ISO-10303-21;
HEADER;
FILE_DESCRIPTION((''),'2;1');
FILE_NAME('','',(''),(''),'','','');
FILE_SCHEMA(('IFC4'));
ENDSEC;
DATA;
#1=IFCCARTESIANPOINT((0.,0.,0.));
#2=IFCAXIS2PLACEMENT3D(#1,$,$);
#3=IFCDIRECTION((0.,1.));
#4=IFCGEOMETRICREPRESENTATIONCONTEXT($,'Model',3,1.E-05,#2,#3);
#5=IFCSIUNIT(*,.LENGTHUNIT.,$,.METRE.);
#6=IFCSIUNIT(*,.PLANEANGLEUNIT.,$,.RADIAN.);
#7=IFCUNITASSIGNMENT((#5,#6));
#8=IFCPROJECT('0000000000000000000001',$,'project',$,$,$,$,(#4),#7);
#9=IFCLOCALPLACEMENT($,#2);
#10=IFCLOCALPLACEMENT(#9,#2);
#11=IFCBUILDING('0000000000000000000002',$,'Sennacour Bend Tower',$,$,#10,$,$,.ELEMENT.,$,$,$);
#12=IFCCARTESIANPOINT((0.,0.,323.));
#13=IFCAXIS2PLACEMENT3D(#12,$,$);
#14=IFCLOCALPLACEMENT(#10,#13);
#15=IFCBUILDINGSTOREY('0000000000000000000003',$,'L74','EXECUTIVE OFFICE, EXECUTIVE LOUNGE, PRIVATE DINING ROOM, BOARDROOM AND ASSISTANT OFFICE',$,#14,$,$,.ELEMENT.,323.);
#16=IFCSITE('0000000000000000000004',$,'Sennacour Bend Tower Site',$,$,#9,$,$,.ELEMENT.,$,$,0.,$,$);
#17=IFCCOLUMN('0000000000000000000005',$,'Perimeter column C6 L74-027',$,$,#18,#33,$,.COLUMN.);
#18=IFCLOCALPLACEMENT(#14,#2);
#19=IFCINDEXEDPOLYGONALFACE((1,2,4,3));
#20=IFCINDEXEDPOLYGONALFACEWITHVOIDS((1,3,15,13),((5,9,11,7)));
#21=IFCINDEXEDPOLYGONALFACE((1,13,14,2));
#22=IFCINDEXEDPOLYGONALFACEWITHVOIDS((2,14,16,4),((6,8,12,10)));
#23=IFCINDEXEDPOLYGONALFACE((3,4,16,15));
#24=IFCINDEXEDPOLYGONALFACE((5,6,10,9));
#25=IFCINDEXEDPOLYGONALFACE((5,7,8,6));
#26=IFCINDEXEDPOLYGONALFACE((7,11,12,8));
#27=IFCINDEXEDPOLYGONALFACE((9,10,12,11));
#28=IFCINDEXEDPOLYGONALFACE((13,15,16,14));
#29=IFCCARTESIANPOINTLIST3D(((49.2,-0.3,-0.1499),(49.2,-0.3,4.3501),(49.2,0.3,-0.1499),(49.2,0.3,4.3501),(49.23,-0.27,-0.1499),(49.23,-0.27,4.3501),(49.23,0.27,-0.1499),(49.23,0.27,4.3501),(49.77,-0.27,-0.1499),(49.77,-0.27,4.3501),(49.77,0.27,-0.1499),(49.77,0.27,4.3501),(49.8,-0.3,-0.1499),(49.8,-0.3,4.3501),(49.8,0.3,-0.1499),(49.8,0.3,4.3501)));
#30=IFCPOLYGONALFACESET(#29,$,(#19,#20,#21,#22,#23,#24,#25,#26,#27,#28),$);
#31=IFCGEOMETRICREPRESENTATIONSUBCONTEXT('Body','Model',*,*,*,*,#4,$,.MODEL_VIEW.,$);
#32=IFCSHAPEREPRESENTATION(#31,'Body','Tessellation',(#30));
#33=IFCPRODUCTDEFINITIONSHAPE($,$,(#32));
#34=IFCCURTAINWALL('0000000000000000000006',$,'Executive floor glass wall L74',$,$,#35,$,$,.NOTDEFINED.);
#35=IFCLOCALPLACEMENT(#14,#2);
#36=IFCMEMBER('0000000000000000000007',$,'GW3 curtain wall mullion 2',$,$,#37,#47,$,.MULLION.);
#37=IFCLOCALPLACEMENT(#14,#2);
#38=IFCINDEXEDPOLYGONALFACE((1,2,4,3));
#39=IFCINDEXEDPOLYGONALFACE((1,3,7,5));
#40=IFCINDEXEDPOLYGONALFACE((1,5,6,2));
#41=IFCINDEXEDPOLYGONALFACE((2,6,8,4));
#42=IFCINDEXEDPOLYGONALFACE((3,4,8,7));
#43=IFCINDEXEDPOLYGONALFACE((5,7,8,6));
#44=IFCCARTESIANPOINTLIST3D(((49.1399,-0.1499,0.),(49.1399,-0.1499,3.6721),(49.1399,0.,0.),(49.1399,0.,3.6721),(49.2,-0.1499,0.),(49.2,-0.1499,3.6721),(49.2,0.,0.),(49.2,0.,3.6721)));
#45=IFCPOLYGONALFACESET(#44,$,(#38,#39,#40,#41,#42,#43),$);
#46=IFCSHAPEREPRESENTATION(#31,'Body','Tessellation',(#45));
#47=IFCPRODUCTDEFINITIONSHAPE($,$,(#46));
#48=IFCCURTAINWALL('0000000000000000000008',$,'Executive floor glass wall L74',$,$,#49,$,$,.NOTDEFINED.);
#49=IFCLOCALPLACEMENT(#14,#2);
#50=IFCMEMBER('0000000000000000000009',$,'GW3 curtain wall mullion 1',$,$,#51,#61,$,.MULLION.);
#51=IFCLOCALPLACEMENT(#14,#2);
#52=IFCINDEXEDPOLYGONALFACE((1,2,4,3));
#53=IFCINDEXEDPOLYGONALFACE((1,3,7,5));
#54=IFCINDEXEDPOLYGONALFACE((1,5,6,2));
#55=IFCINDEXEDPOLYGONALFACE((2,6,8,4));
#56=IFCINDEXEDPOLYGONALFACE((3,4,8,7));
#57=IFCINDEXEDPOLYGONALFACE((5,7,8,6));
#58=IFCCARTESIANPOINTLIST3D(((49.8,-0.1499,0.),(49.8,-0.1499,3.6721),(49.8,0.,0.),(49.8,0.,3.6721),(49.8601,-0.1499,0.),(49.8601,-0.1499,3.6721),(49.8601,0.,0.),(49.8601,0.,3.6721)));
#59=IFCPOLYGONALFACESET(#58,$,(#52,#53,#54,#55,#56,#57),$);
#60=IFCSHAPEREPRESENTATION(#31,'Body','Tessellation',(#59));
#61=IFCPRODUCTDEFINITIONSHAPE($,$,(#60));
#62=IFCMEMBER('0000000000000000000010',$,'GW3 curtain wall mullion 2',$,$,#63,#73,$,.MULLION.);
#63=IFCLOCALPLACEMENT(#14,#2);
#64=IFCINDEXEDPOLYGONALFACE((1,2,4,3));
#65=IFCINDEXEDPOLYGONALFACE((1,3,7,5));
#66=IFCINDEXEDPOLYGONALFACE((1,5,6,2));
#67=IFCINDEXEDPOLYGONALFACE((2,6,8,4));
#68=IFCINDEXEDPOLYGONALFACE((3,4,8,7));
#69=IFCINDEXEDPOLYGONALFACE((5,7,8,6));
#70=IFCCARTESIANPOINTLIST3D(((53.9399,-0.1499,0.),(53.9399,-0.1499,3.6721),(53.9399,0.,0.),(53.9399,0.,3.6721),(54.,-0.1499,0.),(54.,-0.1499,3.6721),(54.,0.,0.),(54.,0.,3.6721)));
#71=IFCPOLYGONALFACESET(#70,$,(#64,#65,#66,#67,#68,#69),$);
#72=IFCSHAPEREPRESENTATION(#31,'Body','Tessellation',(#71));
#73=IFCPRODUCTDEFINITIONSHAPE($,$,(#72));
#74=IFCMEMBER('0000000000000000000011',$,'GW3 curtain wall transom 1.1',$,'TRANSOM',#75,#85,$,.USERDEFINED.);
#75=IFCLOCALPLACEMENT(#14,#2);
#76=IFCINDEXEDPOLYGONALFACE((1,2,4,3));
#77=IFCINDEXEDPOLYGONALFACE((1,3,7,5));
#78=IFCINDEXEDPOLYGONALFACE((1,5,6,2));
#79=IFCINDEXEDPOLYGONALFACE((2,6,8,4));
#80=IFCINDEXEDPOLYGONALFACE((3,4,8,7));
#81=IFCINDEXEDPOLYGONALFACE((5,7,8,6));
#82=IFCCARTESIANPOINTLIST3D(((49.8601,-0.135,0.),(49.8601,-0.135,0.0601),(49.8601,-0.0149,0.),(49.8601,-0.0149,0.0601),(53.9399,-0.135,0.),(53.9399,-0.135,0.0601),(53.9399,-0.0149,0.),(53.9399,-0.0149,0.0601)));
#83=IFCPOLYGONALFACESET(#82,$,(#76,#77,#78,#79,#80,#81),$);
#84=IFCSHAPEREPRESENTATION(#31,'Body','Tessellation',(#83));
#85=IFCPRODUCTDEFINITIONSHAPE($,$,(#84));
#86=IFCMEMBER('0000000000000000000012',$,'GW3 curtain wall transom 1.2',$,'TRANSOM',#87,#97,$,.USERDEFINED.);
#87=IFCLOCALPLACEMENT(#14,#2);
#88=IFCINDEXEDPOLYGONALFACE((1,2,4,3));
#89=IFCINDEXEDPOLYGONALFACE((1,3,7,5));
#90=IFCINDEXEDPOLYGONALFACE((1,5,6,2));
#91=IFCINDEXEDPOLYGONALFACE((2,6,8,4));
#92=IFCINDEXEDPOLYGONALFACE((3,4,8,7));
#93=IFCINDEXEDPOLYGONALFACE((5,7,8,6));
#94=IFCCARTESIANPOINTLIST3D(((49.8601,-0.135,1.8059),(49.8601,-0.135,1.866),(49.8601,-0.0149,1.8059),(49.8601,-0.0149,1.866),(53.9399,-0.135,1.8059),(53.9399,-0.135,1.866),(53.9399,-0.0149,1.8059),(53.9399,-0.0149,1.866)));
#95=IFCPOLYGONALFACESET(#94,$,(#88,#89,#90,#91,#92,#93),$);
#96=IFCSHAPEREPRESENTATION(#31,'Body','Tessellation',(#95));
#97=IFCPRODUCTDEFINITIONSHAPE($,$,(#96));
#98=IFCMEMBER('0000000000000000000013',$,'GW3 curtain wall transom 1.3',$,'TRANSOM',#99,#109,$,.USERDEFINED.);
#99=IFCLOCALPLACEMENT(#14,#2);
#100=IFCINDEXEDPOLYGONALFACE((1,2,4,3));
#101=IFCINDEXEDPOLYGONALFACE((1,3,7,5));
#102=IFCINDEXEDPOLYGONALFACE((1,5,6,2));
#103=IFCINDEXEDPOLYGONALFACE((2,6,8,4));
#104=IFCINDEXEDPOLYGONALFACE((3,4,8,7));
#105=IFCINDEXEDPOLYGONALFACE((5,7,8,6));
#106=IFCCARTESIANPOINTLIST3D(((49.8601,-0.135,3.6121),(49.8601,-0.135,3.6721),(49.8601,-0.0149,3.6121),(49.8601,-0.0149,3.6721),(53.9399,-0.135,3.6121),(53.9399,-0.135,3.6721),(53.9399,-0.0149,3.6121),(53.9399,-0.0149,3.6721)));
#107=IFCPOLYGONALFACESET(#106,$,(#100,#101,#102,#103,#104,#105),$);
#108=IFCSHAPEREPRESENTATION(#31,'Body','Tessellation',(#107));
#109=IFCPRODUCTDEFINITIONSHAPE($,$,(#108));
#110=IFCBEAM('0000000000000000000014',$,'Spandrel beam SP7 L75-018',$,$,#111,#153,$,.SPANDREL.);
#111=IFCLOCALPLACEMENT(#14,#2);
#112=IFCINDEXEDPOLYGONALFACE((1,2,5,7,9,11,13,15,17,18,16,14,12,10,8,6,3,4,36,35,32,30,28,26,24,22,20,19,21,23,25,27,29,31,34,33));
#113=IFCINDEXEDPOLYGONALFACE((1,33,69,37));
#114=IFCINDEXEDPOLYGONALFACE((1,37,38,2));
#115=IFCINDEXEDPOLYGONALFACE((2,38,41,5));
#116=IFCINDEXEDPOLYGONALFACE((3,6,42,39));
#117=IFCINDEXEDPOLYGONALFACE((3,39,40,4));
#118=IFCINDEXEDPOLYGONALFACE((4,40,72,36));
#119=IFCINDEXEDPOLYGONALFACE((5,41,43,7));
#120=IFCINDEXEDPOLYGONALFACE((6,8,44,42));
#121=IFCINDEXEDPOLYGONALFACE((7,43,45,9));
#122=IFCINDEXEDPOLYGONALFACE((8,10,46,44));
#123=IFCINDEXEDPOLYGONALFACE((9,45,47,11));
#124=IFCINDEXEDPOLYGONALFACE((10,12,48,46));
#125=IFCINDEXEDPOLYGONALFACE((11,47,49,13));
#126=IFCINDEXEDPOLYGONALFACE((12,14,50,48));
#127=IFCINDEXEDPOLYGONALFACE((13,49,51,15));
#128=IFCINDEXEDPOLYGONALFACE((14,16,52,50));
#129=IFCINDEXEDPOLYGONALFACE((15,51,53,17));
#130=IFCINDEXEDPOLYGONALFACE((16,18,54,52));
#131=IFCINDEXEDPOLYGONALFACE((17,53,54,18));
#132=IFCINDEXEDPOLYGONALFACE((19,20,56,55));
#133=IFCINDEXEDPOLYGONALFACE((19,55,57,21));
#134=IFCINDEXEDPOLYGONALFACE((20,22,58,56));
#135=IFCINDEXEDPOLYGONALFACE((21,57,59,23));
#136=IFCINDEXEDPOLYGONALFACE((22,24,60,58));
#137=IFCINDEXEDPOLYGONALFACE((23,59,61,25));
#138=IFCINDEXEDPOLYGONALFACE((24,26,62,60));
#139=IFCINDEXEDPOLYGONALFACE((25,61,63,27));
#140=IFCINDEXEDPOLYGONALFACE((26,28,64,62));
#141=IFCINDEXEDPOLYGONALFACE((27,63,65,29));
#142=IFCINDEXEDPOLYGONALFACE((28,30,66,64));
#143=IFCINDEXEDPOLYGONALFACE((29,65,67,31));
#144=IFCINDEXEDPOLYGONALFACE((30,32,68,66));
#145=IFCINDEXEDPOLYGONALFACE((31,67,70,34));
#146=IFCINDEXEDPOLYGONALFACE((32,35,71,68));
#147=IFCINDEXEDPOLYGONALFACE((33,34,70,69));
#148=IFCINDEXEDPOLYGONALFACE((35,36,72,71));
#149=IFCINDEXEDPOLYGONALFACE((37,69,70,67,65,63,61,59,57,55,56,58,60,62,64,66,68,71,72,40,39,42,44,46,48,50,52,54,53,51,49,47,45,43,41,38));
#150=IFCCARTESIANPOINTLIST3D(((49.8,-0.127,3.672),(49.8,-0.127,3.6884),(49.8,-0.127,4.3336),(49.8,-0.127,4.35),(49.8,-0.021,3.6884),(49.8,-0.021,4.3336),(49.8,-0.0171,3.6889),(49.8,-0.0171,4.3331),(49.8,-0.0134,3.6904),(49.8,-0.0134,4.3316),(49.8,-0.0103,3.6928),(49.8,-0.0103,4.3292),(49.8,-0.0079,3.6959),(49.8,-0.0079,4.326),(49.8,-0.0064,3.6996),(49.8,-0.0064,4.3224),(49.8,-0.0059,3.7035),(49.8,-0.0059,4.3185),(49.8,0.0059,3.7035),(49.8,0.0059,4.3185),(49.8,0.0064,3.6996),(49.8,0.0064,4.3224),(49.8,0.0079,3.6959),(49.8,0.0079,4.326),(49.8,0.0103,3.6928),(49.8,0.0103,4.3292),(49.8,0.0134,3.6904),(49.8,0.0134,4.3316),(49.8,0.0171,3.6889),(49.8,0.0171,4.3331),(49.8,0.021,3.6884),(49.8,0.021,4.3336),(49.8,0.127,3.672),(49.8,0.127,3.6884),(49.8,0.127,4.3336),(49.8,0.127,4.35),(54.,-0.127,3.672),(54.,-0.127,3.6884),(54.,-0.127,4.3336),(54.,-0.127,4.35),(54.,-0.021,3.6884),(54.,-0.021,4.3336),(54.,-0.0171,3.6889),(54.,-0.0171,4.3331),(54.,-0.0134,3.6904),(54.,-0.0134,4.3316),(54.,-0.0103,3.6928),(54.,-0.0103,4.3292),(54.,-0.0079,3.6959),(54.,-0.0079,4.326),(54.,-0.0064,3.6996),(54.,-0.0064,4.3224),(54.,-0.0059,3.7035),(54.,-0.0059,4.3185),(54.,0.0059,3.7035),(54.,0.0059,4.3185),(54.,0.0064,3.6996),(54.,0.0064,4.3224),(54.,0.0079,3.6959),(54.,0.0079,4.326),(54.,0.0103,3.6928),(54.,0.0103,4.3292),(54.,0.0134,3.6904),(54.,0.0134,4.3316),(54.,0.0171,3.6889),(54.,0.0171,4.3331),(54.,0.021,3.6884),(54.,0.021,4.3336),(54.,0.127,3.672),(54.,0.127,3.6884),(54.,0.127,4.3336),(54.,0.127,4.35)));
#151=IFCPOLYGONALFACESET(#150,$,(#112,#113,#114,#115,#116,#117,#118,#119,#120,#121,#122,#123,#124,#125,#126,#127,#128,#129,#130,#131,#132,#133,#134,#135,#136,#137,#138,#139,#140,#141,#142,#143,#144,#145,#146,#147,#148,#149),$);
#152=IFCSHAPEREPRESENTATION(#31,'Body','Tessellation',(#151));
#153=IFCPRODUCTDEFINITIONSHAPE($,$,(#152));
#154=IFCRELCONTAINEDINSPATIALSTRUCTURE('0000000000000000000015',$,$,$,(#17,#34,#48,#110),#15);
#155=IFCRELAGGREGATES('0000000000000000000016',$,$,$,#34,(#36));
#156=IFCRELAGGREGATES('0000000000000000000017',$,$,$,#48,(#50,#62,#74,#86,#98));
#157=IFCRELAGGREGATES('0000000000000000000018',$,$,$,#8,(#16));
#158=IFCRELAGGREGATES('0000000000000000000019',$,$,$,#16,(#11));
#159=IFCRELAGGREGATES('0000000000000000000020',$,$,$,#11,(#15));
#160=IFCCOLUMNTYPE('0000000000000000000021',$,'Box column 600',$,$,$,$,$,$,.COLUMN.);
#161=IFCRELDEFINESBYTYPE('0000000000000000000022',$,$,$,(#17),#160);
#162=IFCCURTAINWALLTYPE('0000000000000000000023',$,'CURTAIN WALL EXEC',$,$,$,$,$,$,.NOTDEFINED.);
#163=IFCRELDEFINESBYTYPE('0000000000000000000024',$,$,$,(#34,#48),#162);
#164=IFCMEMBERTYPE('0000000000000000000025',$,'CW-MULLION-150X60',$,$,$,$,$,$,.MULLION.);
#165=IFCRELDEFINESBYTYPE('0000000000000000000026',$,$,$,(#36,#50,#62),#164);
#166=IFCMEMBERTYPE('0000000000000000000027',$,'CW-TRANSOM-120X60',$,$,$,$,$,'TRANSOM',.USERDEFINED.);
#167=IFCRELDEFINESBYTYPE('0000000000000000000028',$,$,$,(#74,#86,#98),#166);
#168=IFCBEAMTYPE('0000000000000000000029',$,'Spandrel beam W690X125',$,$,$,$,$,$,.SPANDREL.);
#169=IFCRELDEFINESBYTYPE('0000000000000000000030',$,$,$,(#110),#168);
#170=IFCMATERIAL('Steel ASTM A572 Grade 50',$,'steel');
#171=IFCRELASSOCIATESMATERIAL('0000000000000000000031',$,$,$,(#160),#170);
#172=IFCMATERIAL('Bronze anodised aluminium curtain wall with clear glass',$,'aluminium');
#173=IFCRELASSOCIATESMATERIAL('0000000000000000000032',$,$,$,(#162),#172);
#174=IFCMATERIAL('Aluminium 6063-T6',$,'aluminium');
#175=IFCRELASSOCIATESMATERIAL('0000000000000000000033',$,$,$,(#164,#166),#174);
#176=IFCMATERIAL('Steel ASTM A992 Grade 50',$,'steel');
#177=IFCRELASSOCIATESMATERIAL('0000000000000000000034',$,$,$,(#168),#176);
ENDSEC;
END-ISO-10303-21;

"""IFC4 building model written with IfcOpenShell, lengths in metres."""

from ifc_helpers import new_model, si_unit, direction, frame, origin, origin_2d, place, context, subcontext, project, spatial, rectangle, hollow_rectangle, i_section, extrude, material, material_profile, profile_set, type_object, element, aggregate, save


model = new_model("IFC4")

# Units and contexts
model_context = context("Model", 3, precision=1e-05, world=origin(), true_north=direction((0.0, 1.0)))
body_context = subcontext(model_context, "Body", "Model", "MODEL_VIEW")
ifc_project = project(units=[si_unit("LENGTHUNIT", "METRE"), si_unit("PLANEANGLEUNIT", "RADIAN")], contexts=[model_context])

# Site, building, storey
site_placement = place(None, origin())
site = spatial("IfcSite", under=ifc_project, at=site_placement, Name="Sennacour Bend Tower Site", CompositionType="ELEMENT", RefElevation=0.0)
building_placement = place(site_placement, origin())
building = spatial("IfcBuilding", under=site, at=building_placement, Name="Sennacour Bend Tower", CompositionType="ELEMENT")
storey_placement = place(building_placement, frame((0.0, 0.0, 323.0)))
storey = spatial("IfcBuildingStorey", under=building, at=storey_placement, Name="L74", Description="EXECUTIVE OFFICE, EXECUTIVE LOUNGE, PRIVATE DINING ROOM, BOARDROOM AND ASSISTANT OFFICE", CompositionType="ELEMENT", Elevation=323.0)

# Column
ifc_material_1 = material(Name="Steel ASTM A572 Grade 50", Category="steel")
ifc_material_profile_1 = material_profile(ifc_material_1, hollow_rectangle(XDim=0.6001, YDim=0.6001, WallThickness=0.03, at=origin_2d()), Name="Steel ASTM A572 Grade 50", Category="steel")
ifc_profile_set_1 = profile_set([ifc_material_profile_1], Name="Steel ASTM A572 Grade 50")
column_type = type_object("IfcColumnType", Name="Box column 600", PredefinedType="COLUMN", material=ifc_profile_set_1)
column_placement = place(storey_placement, frame((49.5, 0.0, -0.1499), z_axis=(0.0, 0.0, 1.0), x_axis=(1.0, 0.0, 0.0)))
element("IfcColumn", 1, at=column_placement, inside=storey, type_object=column_type, Name="Perimeter column C6 L74-027", PredefinedType="COLUMN", context=body_context, shape_type="SweptSolid", body=[
    extrude(hollow_rectangle(XDim=0.6001, YDim=0.6001, WallThickness=0.03, at=origin_2d()), origin(), (0.0, 0.0, 1.0), 4.5),
])

# Curtain wall, member
ifc_material_2 = material(Name="Bronze anodised aluminium curtain wall with clear glass", Category="aluminium")
curtain_wall_type = type_object("IfcCurtainWallType", Name="CURTAIN WALL EXEC", PredefinedType="NOTDEFINED", material=ifc_material_2)
curtain_wall_1_placement = place(storey_placement, origin())
curtain_wall_1 = element("IfcCurtainWall", 2, at=curtain_wall_1_placement, inside=storey, type_object=curtain_wall_type, Name="Executive floor glass wall L74", PredefinedType="NOTDEFINED")
ifc_material_3 = material(Name="Aluminium 6063-T6", Category="aluminium")
ifc_material_profile_2 = material_profile(ifc_material_3, rectangle(XDim=0.1499, YDim=0.0601, at=origin_2d()), Name="Aluminium 6063-T6", Category="aluminium")
ifc_profile_set_2 = profile_set([ifc_material_profile_2], Name="Aluminium 6063-T6")
member_type_1 = type_object("IfcMemberType", Name="CW-MULLION-150X60", PredefinedType="MULLION", material=ifc_profile_set_2)
member_1_placement = place(storey_placement, frame((49.1699, -0.075, 0.0), z_axis=(0.0, 0.0, 1.0), x_axis=(0.0, 1.0, 0.0)))
member_1 = element("IfcMember", 3, at=member_1_placement, type_object=member_type_1, Name="GW3 curtain wall mullion 2", PredefinedType="MULLION", context=body_context, shape_type="SweptSolid", body=[
    extrude(rectangle(XDim=0.1499, YDim=0.0601, at=origin_2d()), origin(), (0.0, 0.0, 1.0), 3.6721),
])

# Curtain wall, members
curtain_wall_2_placement = place(storey_placement, origin())
curtain_wall_2 = element("IfcCurtainWall", 4, at=curtain_wall_2_placement, inside=storey, type_object=curtain_wall_type, Name="Executive floor glass wall L74", PredefinedType="NOTDEFINED")
member_2_placement = place(storey_placement, frame((49.8301, -0.075, 0.0), z_axis=(0.0, 0.0, 1.0), x_axis=(0.0, 1.0, 0.0)))
member_2 = element("IfcMember", 5, at=member_2_placement, type_object=member_type_1, Name="GW3 curtain wall mullion 1", PredefinedType="MULLION", context=body_context, shape_type="SweptSolid", body=[
    extrude(rectangle(XDim=0.1499, YDim=0.0601, at=origin_2d()), origin(), (0.0, 0.0, 1.0), 3.6721),
])
member_3_placement = place(storey_placement, frame((53.97, -0.075, 0.0), z_axis=(0.0, 0.0, 1.0), x_axis=(0.0, 1.0, 0.0)))
member_3 = element("IfcMember", 6, at=member_3_placement, type_object=member_type_1, Name="GW3 curtain wall mullion 2", PredefinedType="MULLION", context=body_context, shape_type="SweptSolid", body=[
    extrude(rectangle(XDim=0.1499, YDim=0.0601, at=origin_2d()), origin(), (0.0, 0.0, 1.0), 3.6721),
])
ifc_material_profile_3 = material_profile(ifc_material_3, rectangle(XDim=0.1201, YDim=0.0601, at=origin_2d()), Name="Aluminium 6063-T6", Category="aluminium")
ifc_profile_set_3 = profile_set([ifc_material_profile_3], Name="Aluminium 6063-T6")
member_type_2 = type_object("IfcMemberType", Name="CW-TRANSOM-120X60", ElementType="TRANSOM", PredefinedType="USERDEFINED", material=ifc_profile_set_3)
member_4_placement = place(storey_placement, frame((49.8601, -0.075, 0.03), z_axis=(1.0, 0.0, 0.0), x_axis=(0.0, 1.0, 0.0)))
member_4 = element("IfcMember", 7, at=member_4_placement, type_object=member_type_2, Name="GW3 curtain wall transom 1.1", ObjectType="TRANSOM", PredefinedType="USERDEFINED", context=body_context, shape_type="SweptSolid", body=[
    extrude(rectangle(XDim=0.1201, YDim=0.0601, at=origin_2d()), origin(), (0.0, 0.0, 1.0), 4.0798),
])
member_5_placement = place(storey_placement, frame((49.8601, -0.075, 1.8359), z_axis=(1.0, 0.0, 0.0), x_axis=(0.0, 1.0, 0.0)))
member_5 = element("IfcMember", 8, at=member_5_placement, type_object=member_type_2, Name="GW3 curtain wall transom 1.2", ObjectType="TRANSOM", PredefinedType="USERDEFINED", context=body_context, shape_type="SweptSolid", body=[
    extrude(rectangle(XDim=0.1201, YDim=0.0601, at=origin_2d()), origin(), (0.0, 0.0, 1.0), 4.0798),
])
member_6_placement = place(storey_placement, frame((49.8601, -0.075, 3.6421), z_axis=(1.0, 0.0, 0.0), x_axis=(0.0, 1.0, 0.0)))
member_6 = element("IfcMember", 9, at=member_6_placement, type_object=member_type_2, Name="GW3 curtain wall transom 1.3", ObjectType="TRANSOM", PredefinedType="USERDEFINED", context=body_context, shape_type="SweptSolid", body=[
    extrude(rectangle(XDim=0.1201, YDim=0.0601, at=origin_2d()), origin(), (0.0, 0.0, 1.0), 4.0798),
])

# Beam
ifc_material_4 = material(Name="Steel ASTM A992 Grade 50", Category="steel")
ifc_material_profile_4 = material_profile(ifc_material_4, i_section(OverallWidth=0.2539, OverallDepth=0.678, WebThickness=0.0117, FlangeThickness=0.0164, FilletRadius=0.0151, at=origin_2d()), Name="Steel ASTM A992 Grade 50", Category="steel")
ifc_profile_set_4 = profile_set([ifc_material_profile_4], Name="Steel ASTM A992 Grade 50")
beam_type = type_object("IfcBeamType", Name="Spandrel beam W690X125", PredefinedType="SPANDREL", material=ifc_profile_set_4)
beam_1_placement = place(storey_placement, frame((54.0, 0.0, 4.011), z_axis=(-1.0, 0.0, 0.0), x_axis=(0.0, -1.0, 0.0)))
element("IfcBeam", 10, at=beam_1_placement, inside=storey, type_object=beam_type, Name="Spandrel beam SP7 L75-018", PredefinedType="SPANDREL", context=body_context, shape_type="SweptSolid", body=[
    extrude(i_section(OverallWidth=0.2539, OverallDepth=0.678, WebThickness=0.0117, FlangeThickness=0.0164, FilletRadius=0.0151, at=origin_2d()), origin(), (0.0, 0.0, 1.0), 4.2),
])

aggregate(curtain_wall_1, [member_1])
aggregate(curtain_wall_2, [member_2, member_3, member_4, member_5, member_6])

save(model, "model.ifc")
